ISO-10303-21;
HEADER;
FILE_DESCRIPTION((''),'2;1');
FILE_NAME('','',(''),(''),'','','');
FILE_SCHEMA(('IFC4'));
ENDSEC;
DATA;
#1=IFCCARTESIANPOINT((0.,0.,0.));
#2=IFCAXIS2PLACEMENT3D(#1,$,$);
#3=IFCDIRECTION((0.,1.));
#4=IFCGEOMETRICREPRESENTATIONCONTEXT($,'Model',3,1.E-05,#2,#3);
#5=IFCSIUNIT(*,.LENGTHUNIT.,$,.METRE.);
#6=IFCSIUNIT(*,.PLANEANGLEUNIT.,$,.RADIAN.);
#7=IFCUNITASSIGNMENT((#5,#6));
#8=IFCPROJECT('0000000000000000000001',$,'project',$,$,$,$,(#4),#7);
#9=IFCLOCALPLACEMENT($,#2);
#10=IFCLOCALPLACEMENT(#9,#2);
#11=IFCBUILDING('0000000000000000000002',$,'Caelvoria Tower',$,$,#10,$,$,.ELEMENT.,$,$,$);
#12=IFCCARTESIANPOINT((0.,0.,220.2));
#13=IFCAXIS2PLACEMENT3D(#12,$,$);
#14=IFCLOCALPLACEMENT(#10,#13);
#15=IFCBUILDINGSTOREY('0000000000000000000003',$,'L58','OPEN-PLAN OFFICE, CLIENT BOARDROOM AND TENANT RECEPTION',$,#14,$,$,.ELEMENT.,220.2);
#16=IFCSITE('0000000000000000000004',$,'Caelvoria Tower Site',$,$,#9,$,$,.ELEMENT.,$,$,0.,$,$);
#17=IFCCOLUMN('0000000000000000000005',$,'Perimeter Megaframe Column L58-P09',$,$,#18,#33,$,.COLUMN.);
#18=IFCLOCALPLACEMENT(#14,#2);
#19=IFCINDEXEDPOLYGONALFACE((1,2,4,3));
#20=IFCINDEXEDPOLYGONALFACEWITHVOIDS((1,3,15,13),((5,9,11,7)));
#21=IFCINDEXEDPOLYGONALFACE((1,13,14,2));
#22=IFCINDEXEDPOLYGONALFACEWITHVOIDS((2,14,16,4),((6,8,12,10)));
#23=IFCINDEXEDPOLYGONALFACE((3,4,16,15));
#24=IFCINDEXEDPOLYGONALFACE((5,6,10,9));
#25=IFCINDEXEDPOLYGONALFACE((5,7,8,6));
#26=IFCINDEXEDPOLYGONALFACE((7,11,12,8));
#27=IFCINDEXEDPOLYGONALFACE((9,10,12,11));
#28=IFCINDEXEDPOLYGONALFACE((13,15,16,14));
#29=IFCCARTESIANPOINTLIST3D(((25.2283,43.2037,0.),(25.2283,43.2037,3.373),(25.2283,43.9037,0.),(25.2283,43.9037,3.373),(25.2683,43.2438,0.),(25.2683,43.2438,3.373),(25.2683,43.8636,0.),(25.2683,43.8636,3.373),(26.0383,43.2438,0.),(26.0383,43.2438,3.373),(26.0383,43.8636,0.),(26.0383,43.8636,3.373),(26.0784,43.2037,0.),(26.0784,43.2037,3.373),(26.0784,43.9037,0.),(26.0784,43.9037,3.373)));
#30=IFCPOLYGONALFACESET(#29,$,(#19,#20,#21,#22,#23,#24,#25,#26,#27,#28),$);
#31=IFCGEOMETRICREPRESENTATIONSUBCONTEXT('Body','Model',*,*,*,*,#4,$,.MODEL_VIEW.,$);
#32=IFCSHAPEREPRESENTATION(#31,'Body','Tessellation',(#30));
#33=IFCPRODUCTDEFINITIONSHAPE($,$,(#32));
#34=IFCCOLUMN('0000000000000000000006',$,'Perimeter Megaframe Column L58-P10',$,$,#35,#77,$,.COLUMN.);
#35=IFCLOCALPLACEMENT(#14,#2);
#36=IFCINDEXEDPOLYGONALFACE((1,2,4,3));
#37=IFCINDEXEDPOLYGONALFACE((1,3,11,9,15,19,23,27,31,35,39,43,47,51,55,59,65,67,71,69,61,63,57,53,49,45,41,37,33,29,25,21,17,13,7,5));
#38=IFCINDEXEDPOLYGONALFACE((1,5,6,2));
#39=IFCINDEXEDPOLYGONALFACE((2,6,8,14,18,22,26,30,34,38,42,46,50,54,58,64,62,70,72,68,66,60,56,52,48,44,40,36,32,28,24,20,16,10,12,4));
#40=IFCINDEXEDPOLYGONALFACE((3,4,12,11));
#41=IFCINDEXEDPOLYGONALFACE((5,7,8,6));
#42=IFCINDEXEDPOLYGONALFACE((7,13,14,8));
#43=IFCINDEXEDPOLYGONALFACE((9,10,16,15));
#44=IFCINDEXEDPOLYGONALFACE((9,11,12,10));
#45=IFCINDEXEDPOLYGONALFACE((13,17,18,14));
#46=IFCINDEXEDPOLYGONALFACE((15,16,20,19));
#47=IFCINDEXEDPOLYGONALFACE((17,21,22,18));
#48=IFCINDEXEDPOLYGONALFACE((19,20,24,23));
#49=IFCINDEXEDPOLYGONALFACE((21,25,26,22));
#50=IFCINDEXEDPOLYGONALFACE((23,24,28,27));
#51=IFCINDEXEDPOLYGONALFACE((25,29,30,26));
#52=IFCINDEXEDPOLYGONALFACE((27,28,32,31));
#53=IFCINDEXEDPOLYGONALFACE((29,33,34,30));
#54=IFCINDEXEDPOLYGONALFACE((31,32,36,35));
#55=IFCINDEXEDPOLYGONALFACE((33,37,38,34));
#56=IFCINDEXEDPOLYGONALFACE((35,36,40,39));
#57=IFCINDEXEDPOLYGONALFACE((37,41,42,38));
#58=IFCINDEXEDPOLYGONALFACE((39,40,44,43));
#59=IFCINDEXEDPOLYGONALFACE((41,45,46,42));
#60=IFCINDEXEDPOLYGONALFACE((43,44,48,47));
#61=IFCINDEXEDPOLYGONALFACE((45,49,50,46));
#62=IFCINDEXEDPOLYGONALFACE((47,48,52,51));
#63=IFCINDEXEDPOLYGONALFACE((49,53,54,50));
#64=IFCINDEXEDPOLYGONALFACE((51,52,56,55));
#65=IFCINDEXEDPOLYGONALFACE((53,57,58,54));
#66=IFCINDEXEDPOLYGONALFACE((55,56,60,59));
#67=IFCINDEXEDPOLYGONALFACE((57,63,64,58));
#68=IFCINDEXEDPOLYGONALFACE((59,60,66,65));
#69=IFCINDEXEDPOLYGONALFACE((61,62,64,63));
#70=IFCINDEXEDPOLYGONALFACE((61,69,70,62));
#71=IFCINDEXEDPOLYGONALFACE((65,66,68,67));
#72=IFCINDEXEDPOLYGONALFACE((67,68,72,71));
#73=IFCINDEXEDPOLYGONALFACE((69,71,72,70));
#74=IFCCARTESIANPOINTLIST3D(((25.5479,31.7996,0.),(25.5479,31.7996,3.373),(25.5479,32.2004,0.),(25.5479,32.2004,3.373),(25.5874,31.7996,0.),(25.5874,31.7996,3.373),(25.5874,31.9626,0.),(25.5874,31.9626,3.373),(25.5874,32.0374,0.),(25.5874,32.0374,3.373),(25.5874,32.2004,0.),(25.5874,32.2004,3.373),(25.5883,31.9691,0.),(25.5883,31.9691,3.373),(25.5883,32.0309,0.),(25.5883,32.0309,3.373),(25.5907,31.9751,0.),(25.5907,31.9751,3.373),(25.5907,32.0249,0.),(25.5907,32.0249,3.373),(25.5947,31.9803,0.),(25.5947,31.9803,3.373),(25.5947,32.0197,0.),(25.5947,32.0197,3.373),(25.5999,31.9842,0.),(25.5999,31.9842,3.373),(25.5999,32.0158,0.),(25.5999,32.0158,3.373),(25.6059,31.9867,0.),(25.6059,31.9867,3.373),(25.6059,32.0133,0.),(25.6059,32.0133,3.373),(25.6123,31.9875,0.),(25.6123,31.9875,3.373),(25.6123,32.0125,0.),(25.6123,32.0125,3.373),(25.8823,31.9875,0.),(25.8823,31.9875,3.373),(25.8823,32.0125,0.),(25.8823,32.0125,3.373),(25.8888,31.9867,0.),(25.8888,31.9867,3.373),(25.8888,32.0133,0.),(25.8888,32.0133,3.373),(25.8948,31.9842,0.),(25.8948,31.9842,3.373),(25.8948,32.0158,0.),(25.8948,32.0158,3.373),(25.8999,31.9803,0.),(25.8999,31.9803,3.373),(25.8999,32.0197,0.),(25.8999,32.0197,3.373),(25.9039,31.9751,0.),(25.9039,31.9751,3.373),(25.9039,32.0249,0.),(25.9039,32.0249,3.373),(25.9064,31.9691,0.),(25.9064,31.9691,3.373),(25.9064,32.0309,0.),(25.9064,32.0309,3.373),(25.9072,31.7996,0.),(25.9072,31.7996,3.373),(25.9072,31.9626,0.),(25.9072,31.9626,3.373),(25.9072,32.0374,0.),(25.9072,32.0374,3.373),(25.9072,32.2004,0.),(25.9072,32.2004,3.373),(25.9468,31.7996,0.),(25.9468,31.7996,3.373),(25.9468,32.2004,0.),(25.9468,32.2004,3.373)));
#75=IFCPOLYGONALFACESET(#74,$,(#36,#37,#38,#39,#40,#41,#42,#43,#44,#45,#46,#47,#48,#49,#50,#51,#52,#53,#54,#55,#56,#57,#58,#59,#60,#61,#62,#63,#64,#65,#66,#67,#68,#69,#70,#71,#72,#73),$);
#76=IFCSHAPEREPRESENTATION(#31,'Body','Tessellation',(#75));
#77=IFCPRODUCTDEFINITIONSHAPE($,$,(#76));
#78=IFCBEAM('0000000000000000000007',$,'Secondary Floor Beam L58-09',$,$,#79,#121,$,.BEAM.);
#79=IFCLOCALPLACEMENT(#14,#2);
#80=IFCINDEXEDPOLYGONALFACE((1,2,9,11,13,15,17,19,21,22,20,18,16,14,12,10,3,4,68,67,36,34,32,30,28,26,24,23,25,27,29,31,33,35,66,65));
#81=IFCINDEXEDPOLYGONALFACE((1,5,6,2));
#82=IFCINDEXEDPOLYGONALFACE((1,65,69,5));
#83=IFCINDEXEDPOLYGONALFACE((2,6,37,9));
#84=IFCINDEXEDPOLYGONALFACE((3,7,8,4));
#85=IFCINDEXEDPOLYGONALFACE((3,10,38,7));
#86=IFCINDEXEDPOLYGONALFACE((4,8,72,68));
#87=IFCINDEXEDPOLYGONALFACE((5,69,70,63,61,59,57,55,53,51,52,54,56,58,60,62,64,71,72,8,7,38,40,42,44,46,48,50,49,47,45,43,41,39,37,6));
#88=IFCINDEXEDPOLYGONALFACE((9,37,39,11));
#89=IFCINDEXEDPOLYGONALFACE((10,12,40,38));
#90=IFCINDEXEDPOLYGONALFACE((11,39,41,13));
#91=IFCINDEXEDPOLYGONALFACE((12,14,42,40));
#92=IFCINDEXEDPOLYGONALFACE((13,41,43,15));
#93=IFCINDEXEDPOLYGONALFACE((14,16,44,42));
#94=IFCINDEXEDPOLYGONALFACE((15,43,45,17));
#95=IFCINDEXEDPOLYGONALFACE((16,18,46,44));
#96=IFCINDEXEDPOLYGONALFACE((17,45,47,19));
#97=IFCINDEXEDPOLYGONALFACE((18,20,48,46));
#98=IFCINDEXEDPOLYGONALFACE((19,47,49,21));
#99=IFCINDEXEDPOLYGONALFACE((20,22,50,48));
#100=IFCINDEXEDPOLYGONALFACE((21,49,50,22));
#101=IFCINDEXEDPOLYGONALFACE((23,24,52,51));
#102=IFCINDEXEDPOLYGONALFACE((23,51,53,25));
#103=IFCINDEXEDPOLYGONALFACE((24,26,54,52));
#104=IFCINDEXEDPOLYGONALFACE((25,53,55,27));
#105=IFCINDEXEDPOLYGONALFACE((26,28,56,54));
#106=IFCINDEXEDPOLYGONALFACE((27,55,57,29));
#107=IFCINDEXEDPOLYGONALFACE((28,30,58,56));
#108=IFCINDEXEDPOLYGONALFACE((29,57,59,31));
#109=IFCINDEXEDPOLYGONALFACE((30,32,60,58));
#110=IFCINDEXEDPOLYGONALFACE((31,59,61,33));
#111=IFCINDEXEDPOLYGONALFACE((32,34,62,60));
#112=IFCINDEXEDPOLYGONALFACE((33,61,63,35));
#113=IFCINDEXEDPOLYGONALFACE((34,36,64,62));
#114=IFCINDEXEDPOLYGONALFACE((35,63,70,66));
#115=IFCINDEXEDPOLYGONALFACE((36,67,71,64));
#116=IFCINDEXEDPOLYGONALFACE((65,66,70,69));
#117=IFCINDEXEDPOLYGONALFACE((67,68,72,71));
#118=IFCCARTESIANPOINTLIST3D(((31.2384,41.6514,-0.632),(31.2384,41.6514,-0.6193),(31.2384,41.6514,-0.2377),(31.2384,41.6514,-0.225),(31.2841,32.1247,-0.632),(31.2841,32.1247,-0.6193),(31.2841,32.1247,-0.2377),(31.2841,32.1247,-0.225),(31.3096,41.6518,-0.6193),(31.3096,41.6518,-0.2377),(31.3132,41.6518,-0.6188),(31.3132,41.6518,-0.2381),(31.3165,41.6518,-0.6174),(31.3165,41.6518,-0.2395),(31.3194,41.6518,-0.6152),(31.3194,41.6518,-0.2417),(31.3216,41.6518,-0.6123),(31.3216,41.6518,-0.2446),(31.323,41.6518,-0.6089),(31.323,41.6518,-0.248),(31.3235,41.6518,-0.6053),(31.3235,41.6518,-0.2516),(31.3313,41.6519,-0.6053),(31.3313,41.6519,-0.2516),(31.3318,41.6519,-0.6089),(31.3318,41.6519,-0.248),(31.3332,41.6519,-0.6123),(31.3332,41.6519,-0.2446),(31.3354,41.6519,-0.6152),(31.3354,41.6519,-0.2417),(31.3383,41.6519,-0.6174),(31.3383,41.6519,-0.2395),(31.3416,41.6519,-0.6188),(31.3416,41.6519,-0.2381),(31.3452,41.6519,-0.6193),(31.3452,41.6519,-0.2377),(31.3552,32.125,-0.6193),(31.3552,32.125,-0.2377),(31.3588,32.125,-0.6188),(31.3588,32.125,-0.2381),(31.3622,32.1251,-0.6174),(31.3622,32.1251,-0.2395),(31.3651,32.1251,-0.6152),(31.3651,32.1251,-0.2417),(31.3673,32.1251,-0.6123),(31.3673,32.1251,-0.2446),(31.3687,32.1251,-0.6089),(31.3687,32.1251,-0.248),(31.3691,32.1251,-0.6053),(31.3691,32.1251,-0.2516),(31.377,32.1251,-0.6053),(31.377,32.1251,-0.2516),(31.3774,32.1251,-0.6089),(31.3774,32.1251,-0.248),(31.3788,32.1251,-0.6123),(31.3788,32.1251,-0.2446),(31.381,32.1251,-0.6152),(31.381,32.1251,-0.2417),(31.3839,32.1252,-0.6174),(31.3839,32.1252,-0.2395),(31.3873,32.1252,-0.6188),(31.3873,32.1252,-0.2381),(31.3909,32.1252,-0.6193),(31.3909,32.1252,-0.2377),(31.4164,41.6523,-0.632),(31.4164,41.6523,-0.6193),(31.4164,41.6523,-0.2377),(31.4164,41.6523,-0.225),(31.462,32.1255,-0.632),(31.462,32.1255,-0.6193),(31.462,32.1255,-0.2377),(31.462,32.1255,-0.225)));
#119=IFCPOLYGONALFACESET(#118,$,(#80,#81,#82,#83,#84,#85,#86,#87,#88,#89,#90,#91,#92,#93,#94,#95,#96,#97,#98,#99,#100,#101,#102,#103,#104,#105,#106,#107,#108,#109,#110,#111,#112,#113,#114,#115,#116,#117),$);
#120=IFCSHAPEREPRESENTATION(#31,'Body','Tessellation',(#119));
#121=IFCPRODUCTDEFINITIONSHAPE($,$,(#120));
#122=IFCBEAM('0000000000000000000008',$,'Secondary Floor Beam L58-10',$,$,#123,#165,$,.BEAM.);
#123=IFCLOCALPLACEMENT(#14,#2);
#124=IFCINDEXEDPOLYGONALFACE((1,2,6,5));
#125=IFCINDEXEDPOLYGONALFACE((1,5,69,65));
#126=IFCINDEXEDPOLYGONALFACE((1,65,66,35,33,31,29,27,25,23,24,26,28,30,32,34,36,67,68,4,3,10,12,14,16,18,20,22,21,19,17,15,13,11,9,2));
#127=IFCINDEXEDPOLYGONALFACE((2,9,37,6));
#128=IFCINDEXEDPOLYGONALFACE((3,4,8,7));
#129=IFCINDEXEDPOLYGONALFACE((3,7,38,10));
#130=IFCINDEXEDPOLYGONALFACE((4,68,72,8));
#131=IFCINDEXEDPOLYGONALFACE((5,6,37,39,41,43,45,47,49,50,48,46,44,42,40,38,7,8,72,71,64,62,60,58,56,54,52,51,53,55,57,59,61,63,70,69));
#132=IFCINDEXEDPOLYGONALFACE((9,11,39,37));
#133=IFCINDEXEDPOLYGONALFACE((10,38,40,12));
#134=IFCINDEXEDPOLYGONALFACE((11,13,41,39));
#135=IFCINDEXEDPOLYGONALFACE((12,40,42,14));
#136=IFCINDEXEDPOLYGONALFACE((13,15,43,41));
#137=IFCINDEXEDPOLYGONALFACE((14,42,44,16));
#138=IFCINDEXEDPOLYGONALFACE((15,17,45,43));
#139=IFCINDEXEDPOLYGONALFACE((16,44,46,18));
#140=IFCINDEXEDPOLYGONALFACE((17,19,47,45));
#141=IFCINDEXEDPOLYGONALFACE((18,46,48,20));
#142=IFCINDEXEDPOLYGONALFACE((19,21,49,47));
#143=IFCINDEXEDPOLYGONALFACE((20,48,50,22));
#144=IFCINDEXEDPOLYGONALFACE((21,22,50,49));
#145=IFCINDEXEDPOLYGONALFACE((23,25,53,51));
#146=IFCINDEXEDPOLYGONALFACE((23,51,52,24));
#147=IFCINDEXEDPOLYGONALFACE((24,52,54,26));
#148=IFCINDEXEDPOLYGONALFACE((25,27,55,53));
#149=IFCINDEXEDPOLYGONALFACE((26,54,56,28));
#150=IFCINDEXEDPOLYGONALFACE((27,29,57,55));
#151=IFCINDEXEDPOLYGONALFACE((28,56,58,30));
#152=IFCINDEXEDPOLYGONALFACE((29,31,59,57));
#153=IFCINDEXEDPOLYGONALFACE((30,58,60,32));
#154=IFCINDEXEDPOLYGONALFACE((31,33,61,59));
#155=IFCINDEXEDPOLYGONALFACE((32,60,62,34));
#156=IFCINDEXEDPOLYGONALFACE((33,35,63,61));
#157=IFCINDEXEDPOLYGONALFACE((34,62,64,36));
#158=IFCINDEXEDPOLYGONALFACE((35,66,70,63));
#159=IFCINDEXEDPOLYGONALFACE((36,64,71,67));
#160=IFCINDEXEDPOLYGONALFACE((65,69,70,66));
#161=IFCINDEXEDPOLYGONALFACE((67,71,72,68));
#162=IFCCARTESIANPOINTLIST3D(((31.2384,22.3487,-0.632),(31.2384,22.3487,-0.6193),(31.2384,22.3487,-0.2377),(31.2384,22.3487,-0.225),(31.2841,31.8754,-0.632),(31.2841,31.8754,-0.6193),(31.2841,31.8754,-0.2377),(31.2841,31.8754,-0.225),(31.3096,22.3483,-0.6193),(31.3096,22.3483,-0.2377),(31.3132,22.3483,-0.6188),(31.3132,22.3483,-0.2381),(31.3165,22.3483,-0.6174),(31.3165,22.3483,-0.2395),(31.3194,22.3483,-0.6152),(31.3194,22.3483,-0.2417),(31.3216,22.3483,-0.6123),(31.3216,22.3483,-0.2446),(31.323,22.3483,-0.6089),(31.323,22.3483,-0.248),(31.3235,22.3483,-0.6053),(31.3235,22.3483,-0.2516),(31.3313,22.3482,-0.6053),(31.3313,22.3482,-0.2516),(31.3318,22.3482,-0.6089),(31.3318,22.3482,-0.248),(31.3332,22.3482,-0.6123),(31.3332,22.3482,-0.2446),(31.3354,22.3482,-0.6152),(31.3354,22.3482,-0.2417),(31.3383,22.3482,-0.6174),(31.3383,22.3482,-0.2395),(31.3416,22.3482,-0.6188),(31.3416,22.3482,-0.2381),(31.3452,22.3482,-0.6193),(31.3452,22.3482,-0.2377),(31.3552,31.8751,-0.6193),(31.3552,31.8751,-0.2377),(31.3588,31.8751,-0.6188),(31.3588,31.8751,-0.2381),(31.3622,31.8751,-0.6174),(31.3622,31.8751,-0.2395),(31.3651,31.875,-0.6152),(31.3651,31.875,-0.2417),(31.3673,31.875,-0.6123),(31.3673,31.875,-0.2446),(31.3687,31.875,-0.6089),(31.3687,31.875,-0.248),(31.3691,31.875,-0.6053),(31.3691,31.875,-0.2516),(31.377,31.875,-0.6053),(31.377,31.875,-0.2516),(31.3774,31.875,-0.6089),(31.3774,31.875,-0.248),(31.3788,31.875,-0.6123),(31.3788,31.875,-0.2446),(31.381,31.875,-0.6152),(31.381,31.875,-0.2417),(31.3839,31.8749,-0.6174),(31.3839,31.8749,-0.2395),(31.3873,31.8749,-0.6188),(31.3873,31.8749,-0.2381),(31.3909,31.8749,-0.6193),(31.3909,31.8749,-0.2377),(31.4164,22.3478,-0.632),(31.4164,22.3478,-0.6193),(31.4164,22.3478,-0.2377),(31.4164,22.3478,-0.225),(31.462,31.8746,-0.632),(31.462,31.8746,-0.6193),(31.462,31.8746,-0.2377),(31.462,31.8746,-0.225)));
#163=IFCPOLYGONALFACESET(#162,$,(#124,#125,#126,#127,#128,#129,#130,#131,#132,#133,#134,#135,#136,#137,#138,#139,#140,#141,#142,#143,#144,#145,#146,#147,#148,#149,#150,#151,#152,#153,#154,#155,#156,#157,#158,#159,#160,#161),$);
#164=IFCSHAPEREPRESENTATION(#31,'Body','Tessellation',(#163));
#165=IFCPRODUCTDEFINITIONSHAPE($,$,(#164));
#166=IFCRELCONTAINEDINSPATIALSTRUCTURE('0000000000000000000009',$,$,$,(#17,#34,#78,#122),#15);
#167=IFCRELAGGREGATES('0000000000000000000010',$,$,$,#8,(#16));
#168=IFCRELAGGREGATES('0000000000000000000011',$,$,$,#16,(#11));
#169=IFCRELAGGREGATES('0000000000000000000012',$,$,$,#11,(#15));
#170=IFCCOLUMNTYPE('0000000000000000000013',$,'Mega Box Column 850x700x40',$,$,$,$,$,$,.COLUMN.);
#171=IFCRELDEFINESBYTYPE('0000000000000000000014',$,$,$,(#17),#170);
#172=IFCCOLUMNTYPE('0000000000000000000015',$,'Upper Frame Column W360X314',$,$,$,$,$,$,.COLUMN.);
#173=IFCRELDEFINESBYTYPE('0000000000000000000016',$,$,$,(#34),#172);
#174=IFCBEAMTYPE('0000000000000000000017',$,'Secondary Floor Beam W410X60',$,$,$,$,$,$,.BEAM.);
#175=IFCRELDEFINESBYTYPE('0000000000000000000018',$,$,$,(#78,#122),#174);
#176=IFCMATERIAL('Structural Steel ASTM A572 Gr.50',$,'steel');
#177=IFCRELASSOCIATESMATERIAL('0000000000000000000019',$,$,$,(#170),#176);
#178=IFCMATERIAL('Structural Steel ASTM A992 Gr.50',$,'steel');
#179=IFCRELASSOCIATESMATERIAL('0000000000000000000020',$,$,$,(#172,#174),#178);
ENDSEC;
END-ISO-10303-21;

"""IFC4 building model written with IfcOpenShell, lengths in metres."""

from ifc_helpers import new_model, si_unit, direction, frame, origin, origin_2d, place, context, subcontext, project, spatial, hollow_rectangle, i_section, extrude, material, material_profile, profile_set, type_object, element, save


model = new_model("IFC4")

# Units and contexts
model_context = context("Model", 3, precision=1e-05, world=origin(), true_north=direction((0.0, 1.0)))
body_context = subcontext(model_context, "Body", "Model", "MODEL_VIEW")
ifc_project = project(units=[si_unit("LENGTHUNIT", "METRE"), si_unit("PLANEANGLEUNIT", "RADIAN")], contexts=[model_context])

# Site, building, storey
site_placement = place(None, origin())
site = spatial("IfcSite", under=ifc_project, at=site_placement, Name="Caelvoria Tower Site", CompositionType="ELEMENT", RefElevation=0.0)
building_placement = place(site_placement, origin())
building = spatial("IfcBuilding", under=site, at=building_placement, Name="Caelvoria Tower", CompositionType="ELEMENT")
storey_placement = place(building_placement, frame((0.0, 0.0, 220.2)))
storey = spatial("IfcBuildingStorey", under=building, at=storey_placement, Name="L58", Description="OPEN-PLAN OFFICE, CLIENT BOARDROOM AND TENANT RECEPTION", CompositionType="ELEMENT", Elevation=220.2)

# Columns
ifc_material_1 = material(Name="Structural Steel ASTM A572 Gr.50", Category="steel")
ifc_material_profile_1 = material_profile(ifc_material_1, hollow_rectangle(XDim=0.7, YDim=0.8501, WallThickness=0.04, at=origin_2d()), Name="Structural Steel ASTM A572 Gr.50")
ifc_profile_set_1 = profile_set([ifc_material_profile_1], Name="BOX850X700X40 - Structural Steel ASTM A572 Gr.50")
column_type_1 = type_object("IfcColumnType", Name="Mega Box Column 850x700x40", PredefinedType="COLUMN", material=ifc_profile_set_1)
column_1_placement = place(storey_placement, frame((25.6533, 43.5537, 0.0), z_axis=(0.0, 0.0, 1.0), x_axis=(0.0, 1.0, 0.0)))
element("IfcColumn", 1, at=column_1_placement, inside=storey, type_object=column_type_1, Name="Perimeter Megaframe Column L58-P09", PredefinedType="COLUMN", context=body_context, shape_type="SweptSolid", body=[
    extrude(hollow_rectangle(XDim=0.7, YDim=0.8501, WallThickness=0.04, at=origin_2d()), origin(), (0.0, 0.0, 1.0), 3.373),
])
ifc_material_2 = material(Name="Structural Steel ASTM A992 Gr.50", Category="steel")
ifc_material_profile_2 = material_profile(ifc_material_2, i_section(OverallWidth=0.4009, OverallDepth=0.3989, WebThickness=0.0249, FlangeThickness=0.0396, FilletRadius=0.0249, at=origin_2d()), Name="Structural Steel ASTM A992 Gr.50")
ifc_profile_set_2 = profile_set([ifc_material_profile_2], Name="W360X314 - Structural Steel ASTM A992 Gr.50")
column_type_2 = type_object("IfcColumnType", Name="Upper Frame Column W360X314", PredefinedType="COLUMN", material=ifc_profile_set_2)
column_2_placement = place(storey_placement, frame((25.7473, 32.0, 0.0), z_axis=(0.0, 0.0, 1.0), x_axis=(0.0, 1.0, 0.0)))
element("IfcColumn", 2, at=column_2_placement, inside=storey, type_object=column_type_2, Name="Perimeter Megaframe Column L58-P10", PredefinedType="COLUMN", context=body_context, shape_type="SweptSolid", body=[
    extrude(i_section(OverallWidth=0.4009, OverallDepth=0.3989, WebThickness=0.0249, FlangeThickness=0.0396, FilletRadius=0.0249, at=origin_2d()), origin(), (0.0, 0.0, 1.0), 3.373),
])

# Beams
ifc_material_profile_3 = material_profile(ifc_material_2, i_section(OverallWidth=0.178, OverallDepth=0.407, WebThickness=0.0078, FlangeThickness=0.0127, FilletRadius=0.0139, at=origin_2d()), Name="Structural Steel ASTM A992 Gr.50")
ifc_profile_set_3 = profile_set([ifc_material_profile_3], Name="W410X60 - Structural Steel ASTM A992 Gr.50")
beam_type_1 = type_object("IfcBeamType", Name="Secondary Floor Beam W410X60", PredefinedType="BEAM", material=ifc_profile_set_3)
for number, where, z_axis, x_axis, name in (
    (3, (31.3274, 41.6519, -0.4285), (0.004792, -0.999989, 0.0), (0.999989, 0.004792, 0.0), "Secondary Floor Beam L58-09"),
    (4, (31.373, 31.875, -0.4285), (-0.004792, -0.999989, 0.0), (0.999989, -0.004792, 0.0), "Secondary Floor Beam L58-10"),
):
    element("IfcBeam", number, at=place(storey_placement, frame(where, z_axis=z_axis, x_axis=x_axis)), inside=storey, type_object=beam_type_1, Name=name, PredefinedType="BEAM", context=body_context, shape_type="SweptSolid", body=[
        extrude(i_section(OverallWidth=0.178, OverallDepth=0.407, WebThickness=0.0078, FlangeThickness=0.0127, FilletRadius=0.0139, at=origin_2d()), origin(), (0.0, 0.0, 1.0), 9.5269),
    ])

save(model, "model.ifc")
